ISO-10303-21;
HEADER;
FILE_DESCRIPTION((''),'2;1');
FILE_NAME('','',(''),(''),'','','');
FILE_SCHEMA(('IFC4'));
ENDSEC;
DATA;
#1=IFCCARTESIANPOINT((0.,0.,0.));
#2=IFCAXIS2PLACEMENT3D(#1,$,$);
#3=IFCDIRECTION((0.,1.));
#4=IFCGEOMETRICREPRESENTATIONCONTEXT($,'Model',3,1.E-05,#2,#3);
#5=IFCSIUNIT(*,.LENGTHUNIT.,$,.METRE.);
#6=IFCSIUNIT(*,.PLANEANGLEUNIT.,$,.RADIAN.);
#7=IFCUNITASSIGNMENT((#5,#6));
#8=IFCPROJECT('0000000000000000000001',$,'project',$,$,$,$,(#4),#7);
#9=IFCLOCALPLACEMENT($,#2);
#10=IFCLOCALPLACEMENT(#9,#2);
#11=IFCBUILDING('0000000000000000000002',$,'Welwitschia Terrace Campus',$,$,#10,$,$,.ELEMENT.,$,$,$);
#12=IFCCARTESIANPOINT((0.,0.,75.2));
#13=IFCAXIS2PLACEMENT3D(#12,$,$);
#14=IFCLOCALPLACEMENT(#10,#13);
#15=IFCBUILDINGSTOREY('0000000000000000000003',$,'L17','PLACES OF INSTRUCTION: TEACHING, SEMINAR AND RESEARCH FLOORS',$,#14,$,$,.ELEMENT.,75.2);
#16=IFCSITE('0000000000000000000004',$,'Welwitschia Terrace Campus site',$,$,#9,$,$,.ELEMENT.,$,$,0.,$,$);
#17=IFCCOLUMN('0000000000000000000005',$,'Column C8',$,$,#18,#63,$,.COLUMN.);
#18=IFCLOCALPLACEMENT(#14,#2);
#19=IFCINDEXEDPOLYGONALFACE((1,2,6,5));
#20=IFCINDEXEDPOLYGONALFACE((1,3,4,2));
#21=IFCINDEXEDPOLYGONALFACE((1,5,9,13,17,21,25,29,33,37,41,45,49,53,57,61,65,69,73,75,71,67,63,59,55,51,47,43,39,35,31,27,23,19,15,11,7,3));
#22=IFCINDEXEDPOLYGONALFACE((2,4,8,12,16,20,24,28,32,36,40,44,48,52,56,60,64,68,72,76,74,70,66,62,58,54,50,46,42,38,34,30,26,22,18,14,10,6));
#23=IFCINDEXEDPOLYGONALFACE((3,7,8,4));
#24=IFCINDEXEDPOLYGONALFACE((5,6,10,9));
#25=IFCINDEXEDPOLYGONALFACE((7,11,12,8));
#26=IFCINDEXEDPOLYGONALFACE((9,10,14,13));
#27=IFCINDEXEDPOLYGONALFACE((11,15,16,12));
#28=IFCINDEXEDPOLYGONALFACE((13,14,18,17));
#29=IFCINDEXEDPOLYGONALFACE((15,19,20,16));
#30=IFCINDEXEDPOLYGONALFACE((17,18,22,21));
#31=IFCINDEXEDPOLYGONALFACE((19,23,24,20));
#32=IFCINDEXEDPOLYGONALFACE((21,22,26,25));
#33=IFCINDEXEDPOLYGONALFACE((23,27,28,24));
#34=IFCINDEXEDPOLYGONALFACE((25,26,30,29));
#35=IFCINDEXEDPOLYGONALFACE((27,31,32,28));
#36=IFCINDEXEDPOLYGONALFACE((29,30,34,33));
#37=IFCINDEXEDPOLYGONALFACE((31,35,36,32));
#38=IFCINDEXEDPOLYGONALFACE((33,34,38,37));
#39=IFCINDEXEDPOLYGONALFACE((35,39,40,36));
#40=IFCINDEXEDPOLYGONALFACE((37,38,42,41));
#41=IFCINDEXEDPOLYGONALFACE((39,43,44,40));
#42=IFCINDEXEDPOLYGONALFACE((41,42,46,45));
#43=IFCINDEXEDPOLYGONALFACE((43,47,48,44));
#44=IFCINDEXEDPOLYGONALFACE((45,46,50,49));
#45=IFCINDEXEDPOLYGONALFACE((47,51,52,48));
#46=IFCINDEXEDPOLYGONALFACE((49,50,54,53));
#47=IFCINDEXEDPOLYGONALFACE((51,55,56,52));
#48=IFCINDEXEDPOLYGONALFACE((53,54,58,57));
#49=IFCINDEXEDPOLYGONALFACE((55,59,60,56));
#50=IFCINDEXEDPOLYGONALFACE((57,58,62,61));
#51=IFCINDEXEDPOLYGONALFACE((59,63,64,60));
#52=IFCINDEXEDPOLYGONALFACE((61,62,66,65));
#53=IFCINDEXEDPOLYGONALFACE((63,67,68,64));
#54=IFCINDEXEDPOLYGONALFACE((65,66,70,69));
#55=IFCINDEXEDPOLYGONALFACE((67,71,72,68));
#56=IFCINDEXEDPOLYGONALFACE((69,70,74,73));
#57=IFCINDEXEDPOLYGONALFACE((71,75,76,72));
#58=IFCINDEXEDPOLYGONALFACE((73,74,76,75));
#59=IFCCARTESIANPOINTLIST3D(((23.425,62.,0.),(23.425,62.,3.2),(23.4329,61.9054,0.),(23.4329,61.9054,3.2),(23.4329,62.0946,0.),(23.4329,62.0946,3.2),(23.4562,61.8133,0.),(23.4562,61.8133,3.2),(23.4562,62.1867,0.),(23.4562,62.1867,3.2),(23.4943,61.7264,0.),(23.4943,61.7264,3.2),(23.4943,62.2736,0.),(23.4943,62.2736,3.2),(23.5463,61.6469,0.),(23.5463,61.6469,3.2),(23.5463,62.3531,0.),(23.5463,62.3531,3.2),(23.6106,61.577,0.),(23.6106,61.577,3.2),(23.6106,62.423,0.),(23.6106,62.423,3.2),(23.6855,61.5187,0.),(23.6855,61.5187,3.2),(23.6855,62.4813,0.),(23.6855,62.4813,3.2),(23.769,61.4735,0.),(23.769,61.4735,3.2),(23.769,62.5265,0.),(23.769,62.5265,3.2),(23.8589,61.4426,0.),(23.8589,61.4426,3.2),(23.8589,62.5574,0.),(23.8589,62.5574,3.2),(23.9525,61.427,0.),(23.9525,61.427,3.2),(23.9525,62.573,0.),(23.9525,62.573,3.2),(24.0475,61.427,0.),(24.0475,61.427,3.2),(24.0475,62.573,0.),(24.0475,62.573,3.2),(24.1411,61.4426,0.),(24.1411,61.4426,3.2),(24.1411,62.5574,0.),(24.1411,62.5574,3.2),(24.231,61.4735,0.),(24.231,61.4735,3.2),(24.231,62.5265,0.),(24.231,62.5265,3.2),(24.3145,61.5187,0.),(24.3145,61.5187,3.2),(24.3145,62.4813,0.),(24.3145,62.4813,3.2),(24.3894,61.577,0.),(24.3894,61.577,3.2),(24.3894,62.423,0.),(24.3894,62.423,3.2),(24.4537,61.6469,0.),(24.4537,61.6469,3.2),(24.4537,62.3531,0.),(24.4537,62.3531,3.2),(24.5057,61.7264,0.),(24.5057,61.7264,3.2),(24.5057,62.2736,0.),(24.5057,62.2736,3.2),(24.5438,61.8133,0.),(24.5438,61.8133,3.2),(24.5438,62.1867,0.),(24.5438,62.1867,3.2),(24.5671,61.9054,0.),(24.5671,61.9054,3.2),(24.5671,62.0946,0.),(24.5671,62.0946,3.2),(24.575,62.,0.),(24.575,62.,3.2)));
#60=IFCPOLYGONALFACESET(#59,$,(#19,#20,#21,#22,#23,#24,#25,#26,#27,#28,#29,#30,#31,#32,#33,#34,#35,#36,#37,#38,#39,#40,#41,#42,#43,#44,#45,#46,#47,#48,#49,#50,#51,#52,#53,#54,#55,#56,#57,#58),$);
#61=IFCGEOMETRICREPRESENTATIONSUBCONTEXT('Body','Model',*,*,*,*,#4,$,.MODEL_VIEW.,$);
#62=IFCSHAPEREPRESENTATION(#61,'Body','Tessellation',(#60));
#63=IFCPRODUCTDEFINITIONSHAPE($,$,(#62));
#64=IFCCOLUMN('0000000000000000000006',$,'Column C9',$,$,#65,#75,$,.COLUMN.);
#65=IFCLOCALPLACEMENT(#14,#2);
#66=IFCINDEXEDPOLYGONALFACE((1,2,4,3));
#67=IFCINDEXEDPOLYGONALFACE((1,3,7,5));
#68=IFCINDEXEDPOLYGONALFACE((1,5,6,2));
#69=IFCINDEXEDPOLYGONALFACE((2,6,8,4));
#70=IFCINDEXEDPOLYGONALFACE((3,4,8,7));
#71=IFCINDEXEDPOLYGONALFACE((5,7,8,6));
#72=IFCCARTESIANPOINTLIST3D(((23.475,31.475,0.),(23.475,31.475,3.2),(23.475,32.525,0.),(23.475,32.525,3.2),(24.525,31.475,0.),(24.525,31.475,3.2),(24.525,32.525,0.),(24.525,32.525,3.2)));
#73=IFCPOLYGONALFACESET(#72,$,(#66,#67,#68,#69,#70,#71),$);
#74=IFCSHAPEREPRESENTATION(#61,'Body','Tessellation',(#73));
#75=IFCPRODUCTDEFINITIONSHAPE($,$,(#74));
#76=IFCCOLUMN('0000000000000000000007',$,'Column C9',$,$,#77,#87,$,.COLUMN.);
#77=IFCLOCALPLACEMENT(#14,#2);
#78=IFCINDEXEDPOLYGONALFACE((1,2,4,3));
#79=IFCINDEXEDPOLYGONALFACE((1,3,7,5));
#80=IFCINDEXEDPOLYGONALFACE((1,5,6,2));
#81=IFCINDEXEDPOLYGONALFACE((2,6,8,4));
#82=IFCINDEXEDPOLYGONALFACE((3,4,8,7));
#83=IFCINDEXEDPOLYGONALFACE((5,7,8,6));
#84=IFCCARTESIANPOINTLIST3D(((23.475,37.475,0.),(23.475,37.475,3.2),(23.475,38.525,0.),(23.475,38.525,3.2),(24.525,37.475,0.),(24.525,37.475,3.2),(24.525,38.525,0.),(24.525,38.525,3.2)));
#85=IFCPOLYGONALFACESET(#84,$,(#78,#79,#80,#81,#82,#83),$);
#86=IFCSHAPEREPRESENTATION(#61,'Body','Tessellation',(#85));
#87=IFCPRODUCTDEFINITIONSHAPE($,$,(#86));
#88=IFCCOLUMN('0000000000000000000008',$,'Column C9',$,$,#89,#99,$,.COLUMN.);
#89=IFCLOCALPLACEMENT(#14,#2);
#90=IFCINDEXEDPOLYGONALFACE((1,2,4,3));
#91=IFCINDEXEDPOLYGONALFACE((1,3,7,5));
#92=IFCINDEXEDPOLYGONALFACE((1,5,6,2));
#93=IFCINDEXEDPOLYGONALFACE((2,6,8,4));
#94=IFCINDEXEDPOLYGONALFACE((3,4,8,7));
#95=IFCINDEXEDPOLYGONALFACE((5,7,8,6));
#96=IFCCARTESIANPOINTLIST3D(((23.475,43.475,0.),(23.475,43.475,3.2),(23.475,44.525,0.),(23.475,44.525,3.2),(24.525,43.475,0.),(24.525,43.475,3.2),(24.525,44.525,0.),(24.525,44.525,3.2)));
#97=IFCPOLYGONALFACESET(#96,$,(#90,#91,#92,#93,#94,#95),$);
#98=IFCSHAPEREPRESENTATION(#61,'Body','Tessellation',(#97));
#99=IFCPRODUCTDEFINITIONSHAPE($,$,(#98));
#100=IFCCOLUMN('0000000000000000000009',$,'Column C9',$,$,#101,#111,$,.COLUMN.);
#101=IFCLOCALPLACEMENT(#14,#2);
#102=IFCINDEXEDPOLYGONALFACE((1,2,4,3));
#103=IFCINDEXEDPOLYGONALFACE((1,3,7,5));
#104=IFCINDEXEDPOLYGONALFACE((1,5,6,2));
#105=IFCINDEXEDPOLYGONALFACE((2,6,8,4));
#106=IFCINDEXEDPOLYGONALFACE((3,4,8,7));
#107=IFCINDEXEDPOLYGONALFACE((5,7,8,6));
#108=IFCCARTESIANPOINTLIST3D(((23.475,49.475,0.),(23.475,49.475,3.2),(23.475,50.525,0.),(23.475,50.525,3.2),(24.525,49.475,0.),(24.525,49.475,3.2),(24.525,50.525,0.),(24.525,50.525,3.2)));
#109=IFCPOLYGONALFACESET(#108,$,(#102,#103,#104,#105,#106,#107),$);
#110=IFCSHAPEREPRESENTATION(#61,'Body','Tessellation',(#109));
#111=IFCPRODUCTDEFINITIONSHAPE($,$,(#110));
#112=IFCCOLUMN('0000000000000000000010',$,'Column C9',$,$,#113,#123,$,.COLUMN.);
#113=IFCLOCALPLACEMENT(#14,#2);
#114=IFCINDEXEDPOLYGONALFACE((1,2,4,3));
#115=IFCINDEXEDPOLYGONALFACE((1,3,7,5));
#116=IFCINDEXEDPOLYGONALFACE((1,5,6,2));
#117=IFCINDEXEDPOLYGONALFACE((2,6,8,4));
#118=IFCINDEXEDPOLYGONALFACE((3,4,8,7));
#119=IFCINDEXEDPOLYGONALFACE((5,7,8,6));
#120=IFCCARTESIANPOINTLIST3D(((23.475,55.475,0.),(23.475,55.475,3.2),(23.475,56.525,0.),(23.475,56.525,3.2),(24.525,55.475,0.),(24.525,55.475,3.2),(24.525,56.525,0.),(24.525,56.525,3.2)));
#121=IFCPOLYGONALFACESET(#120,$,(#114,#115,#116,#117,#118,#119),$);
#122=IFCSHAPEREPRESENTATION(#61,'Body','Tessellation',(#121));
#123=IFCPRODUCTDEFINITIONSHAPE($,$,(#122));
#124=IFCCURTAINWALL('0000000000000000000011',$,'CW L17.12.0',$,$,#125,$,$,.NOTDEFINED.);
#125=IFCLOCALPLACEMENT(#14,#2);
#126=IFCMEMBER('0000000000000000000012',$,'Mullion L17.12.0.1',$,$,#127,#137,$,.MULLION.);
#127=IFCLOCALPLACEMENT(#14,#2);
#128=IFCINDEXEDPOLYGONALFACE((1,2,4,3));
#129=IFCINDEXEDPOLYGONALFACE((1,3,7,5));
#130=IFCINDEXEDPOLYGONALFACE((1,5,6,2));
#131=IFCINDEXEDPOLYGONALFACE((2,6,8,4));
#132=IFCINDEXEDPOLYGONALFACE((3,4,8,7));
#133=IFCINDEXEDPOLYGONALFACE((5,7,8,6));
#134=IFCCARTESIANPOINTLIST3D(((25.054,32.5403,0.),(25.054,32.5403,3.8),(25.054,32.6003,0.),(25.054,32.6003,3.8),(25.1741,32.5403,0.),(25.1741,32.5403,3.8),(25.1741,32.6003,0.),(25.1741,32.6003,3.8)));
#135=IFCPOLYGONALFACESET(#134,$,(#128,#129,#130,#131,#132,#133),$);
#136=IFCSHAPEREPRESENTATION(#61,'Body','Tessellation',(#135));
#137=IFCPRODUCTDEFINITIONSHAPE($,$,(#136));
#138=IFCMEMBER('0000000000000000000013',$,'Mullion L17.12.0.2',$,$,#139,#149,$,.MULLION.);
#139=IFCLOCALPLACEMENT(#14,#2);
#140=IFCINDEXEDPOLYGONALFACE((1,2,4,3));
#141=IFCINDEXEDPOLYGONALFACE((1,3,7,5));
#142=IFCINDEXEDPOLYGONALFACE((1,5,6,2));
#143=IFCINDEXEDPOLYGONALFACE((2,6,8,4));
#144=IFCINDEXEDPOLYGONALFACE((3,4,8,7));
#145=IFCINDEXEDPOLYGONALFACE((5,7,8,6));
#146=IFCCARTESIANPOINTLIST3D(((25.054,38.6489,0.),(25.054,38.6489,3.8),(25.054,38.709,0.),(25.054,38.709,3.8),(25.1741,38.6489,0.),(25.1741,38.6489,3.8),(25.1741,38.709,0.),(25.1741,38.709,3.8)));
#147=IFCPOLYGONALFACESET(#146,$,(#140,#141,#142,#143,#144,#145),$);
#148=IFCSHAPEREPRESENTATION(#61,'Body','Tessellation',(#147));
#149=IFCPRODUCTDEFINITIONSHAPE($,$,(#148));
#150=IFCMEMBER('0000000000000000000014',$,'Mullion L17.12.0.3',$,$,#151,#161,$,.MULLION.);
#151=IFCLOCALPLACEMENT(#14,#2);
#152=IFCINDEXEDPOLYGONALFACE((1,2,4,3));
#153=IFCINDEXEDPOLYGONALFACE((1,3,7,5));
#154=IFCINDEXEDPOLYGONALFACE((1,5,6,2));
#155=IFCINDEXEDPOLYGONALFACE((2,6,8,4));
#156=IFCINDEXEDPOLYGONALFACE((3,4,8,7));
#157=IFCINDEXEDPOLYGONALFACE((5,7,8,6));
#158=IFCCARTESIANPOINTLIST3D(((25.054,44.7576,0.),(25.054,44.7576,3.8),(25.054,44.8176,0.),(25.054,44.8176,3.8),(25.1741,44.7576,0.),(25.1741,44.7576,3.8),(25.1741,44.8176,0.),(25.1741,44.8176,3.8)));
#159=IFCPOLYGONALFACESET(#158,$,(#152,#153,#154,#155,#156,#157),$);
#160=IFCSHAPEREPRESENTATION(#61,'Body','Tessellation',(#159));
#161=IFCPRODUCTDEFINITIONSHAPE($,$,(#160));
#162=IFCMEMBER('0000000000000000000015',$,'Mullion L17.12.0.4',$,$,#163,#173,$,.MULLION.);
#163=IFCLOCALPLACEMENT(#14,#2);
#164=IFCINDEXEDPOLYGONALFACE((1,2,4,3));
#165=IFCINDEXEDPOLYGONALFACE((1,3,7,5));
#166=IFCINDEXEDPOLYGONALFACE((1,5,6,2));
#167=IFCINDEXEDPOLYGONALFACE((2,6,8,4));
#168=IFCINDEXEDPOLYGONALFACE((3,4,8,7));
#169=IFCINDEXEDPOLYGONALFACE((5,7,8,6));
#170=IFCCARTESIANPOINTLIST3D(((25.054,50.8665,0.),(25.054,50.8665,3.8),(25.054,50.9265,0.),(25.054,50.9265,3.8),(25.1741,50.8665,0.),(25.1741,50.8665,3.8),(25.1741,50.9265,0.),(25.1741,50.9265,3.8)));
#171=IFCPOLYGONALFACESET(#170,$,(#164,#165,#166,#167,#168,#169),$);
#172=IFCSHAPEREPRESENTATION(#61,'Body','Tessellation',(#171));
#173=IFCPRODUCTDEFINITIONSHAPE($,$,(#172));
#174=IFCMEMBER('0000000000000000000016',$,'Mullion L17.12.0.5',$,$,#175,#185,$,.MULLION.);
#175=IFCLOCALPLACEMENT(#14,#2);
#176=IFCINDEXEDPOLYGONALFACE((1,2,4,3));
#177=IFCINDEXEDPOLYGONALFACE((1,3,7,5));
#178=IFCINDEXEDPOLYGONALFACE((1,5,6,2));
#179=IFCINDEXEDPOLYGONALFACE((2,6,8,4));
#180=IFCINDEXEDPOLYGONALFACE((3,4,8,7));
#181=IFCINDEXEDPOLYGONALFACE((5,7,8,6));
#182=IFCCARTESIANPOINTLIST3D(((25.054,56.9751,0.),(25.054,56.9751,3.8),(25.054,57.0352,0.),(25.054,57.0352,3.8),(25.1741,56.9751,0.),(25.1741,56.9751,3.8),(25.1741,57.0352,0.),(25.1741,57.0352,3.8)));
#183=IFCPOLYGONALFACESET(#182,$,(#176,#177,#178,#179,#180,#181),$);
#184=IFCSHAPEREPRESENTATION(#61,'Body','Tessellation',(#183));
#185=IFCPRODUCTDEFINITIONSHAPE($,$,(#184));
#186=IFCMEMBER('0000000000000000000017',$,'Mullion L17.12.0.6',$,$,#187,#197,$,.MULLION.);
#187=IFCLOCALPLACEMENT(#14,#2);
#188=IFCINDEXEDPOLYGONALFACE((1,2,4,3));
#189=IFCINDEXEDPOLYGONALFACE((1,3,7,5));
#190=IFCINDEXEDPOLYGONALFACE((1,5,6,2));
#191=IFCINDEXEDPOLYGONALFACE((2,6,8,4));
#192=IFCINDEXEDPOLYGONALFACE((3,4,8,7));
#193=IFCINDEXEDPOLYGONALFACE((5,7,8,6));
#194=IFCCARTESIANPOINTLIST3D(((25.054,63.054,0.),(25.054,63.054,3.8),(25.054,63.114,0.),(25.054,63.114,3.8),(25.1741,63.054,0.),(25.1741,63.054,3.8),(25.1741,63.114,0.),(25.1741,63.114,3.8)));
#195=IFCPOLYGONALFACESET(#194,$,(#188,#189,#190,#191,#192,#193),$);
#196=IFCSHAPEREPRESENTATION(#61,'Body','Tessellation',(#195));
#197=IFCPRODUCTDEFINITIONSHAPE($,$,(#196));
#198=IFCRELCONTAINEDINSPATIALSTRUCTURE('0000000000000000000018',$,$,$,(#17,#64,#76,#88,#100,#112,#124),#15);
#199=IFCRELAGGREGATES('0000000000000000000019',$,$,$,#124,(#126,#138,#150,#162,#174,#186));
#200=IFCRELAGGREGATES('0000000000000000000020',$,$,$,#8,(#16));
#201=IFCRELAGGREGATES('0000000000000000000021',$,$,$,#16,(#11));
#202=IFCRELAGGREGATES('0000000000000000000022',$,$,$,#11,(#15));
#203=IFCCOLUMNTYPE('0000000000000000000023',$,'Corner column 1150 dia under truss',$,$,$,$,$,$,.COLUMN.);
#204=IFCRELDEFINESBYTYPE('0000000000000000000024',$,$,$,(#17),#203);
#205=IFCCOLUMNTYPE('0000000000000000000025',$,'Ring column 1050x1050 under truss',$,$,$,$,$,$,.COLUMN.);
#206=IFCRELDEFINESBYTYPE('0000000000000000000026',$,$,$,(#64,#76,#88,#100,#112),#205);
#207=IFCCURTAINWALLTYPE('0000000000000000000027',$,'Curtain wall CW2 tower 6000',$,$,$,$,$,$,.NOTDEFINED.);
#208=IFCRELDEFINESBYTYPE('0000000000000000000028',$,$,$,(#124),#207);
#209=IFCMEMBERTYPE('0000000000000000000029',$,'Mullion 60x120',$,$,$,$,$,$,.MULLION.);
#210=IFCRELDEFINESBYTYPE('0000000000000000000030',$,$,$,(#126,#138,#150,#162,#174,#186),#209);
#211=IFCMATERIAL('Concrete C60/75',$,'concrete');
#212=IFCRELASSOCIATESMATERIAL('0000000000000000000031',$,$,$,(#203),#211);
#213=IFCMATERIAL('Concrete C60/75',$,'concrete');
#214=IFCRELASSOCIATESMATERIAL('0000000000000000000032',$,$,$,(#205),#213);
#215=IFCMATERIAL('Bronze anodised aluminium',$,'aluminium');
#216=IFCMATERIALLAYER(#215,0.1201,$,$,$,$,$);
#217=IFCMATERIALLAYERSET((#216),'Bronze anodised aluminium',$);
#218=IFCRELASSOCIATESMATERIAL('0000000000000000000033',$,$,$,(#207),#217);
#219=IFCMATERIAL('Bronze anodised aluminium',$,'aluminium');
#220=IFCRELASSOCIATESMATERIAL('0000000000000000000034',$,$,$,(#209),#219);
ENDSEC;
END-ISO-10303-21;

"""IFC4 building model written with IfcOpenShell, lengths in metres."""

from ifc_helpers import new_model, si_unit, direction, frame, origin, origin_2d, place, context, subcontext, project, spatial, rectangle, circle, extrude, material, layer, layer_set, material_profile, profile_set, type_object, element, aggregate, save


model = new_model("IFC4")

# Units and contexts
model_context = context("Model", 3, precision=1e-05, world=origin(), true_north=direction((0.0, 1.0)))
body_context = subcontext(model_context, "Body", "Model", "MODEL_VIEW")
ifc_project = project(units=[si_unit("LENGTHUNIT", "METRE"), si_unit("PLANEANGLEUNIT", "RADIAN")], contexts=[model_context])

# Site, building, storey
site_placement = place(None, origin())
site = spatial("IfcSite", under=ifc_project, at=site_placement, Name="Welwitschia Terrace Campus site", CompositionType="ELEMENT", RefElevation=0.0)
building_placement = place(site_placement, origin())
building = spatial("IfcBuilding", under=site, at=building_placement, Name="Welwitschia Terrace Campus", CompositionType="ELEMENT")
storey_placement = place(building_placement, frame((0.0, 0.0, 75.2)))
storey = spatial("IfcBuildingStorey", under=building, at=storey_placement, Name="L17", Description="PLACES OF INSTRUCTION: TEACHING, SEMINAR AND RESEARCH FLOORS", CompositionType="ELEMENT", Elevation=75.2)

# Columns
ifc_material_1 = material(Name="Concrete C60/75", Category="concrete")
ifc_material_profile_1 = material_profile(ifc_material_1, circle(Radius=0.575, at=origin_2d()))
ifc_profile_set_1 = profile_set([ifc_material_profile_1], Name="Concrete C60/75")
column_type_1 = type_object("IfcColumnType", Name="Corner column 1150 dia under truss", PredefinedType="COLUMN", material=ifc_profile_set_1)
column_placement = place(storey_placement, frame((24.0, 62.0, 0.0), z_axis=(0.0, 0.0, 1.0), x_axis=(1.0, 0.0, 0.0)))
element("IfcColumn", 1, at=column_placement, inside=storey, type_object=column_type_1, Name="Column C8", PredefinedType="COLUMN", context=body_context, shape_type="SweptSolid", body=[
    extrude(circle(Radius=0.575, at=origin_2d()), origin(), (0.0, 0.0, 1.0), 3.2),
])
ifc_material_2 = material(Name="Concrete C60/75", Category="concrete")
ifc_material_profile_2 = material_profile(ifc_material_2, rectangle(XDim=1.05, YDim=1.05, at=origin_2d()))
ifc_profile_set_2 = profile_set([ifc_material_profile_2], Name="Concrete C60/75")
column_type_2 = type_object("IfcColumnType", Name="Ring column 1050x1050 under truss", PredefinedType="COLUMN", material=ifc_profile_set_2)
for number, where, z_axis, x_axis, name in (
    (2, (24.0, 32.0, 0.0), (0.0, 0.0, 1.0), (1.0, 0.0, 0.0), "Column C9"),
    (3, (24.0, 38.0, 0.0), (0.0, 0.0, 1.0), (1.0, 0.0, 0.0), "Column C9"),
    (4, (24.0, 44.0, 0.0), (0.0, 0.0, 1.0), (1.0, 0.0, 0.0), "Column C9"),
    (5, (24.0, 50.0, 0.0), (0.0, 0.0, 1.0), (1.0, 0.0, 0.0), "Column C9"),
    (6, (24.0, 56.0, 0.0), (0.0, 0.0, 1.0), (1.0, 0.0, 0.0), "Column C9"),
):
    element("IfcColumn", number, at=place(storey_placement, frame(where, z_axis=z_axis, x_axis=x_axis)), inside=storey, type_object=column_type_2, Name=name, PredefinedType="COLUMN", context=body_context, shape_type="SweptSolid", body=[
        extrude(rectangle(XDim=1.05, YDim=1.05, at=origin_2d()), origin(), (0.0, 0.0, 1.0), 3.2),
    ])

# Curtain wall, members
ifc_material_3 = material(Name="Bronze anodised aluminium", Category="aluminium")
ifc_layer_1 = layer(ifc_material_3, 0.1201)
ifc_layer_set_1 = layer_set([ifc_layer_1], Name="Bronze anodised aluminium")
curtain_wall_type = type_object("IfcCurtainWallType", Name="Curtain wall CW2 tower 6000", PredefinedType="NOTDEFINED", material=ifc_layer_set_1)
curtain_wall_placement = place(storey_placement, origin())
curtain_wall = element("IfcCurtainWall", 7, at=curtain_wall_placement, inside=storey, type_object=curtain_wall_type, Name="CW L17.12.0", PredefinedType="NOTDEFINED")
ifc_material_4 = material(Name="Bronze anodised aluminium", Category="aluminium")
ifc_material_profile_3 = material_profile(ifc_material_4, rectangle(XDim=0.1201, YDim=0.0601, at=origin_2d()))
ifc_profile_set_3 = profile_set([ifc_material_profile_3], Name="Bronze anodised aluminium")
member_type = type_object("IfcMemberType", Name="Mullion 60x120", PredefinedType="MULLION", material=ifc_profile_set_3)
member_1_placement = place(storey_placement, frame((25.114, 32.5703, 0.0), z_axis=(0.0, 0.0, 1.0), x_axis=(-1.0, 0.0, 0.0)))
member_1 = element("IfcMember", 8, at=member_1_placement, type_object=member_type, Name="Mullion L17.12.0.1", PredefinedType="MULLION", context=body_context, shape_type="SweptSolid", body=[
    extrude(rectangle(XDim=0.1201, YDim=0.0601, at=origin_2d()), origin(), (0.0, 0.0, 1.0), 3.8),
])
member_2_placement = place(storey_placement, frame((25.114, 38.679, 0.0), z_axis=(0.0, 0.0, 1.0), x_axis=(-1.0, 0.0, 0.0)))
member_2 = element("IfcMember", 9, at=member_2_placement, type_object=member_type, Name="Mullion L17.12.0.2", PredefinedType="MULLION", context=body_context, shape_type="SweptSolid", body=[
    extrude(rectangle(XDim=0.1201, YDim=0.0601, at=origin_2d()), origin(), (0.0, 0.0, 1.0), 3.8),
])
member_3_placement = place(storey_placement, frame((25.114, 44.7876, 0.0), z_axis=(0.0, 0.0, 1.0), x_axis=(-1.0, 0.0, 0.0)))
member_3 = element("IfcMember", 10, at=member_3_placement, type_object=member_type, Name="Mullion L17.12.0.3", PredefinedType="MULLION", context=body_context, shape_type="SweptSolid", body=[
    extrude(rectangle(XDim=0.1201, YDim=0.0601, at=origin_2d()), origin(), (0.0, 0.0, 1.0), 3.8),
])
member_4_placement = place(storey_placement, frame((25.114, 50.8965, 0.0), z_axis=(0.0, 0.0, 1.0), x_axis=(-1.0, 0.0, 0.0)))
member_4 = element("IfcMember", 11, at=member_4_placement, type_object=member_type, Name="Mullion L17.12.0.4", PredefinedType="MULLION", context=body_context, shape_type="SweptSolid", body=[
    extrude(rectangle(XDim=0.1201, YDim=0.0601, at=origin_2d()), origin(), (0.0, 0.0, 1.0), 3.8),
])
member_5_placement = place(storey_placement, frame((25.114, 57.0051, 0.0), z_axis=(0.0, 0.0, 1.0), x_axis=(-1.0, 0.0, 0.0)))
member_5 = element("IfcMember", 12, at=member_5_placement, type_object=member_type, Name="Mullion L17.12.0.5", PredefinedType="MULLION", context=body_context, shape_type="SweptSolid", body=[
    extrude(rectangle(XDim=0.1201, YDim=0.0601, at=origin_2d()), origin(), (0.0, 0.0, 1.0), 3.8),
])
member_6_placement = place(storey_placement, frame((25.114, 63.084, 0.0), z_axis=(0.0, 0.0, 1.0), x_axis=(-1.0, 0.0, 0.0)))
member_6 = element("IfcMember", 13, at=member_6_placement, type_object=member_type, Name="Mullion L17.12.0.6", PredefinedType="MULLION", context=body_context, shape_type="SweptSolid", body=[
    extrude(rectangle(XDim=0.1201, YDim=0.0601, at=origin_2d()), origin(), (0.0, 0.0, 1.0), 3.8),
])

aggregate(curtain_wall, [member_1, member_2, member_3, member_4, member_5, member_6])

save(model, "model.ifc")
